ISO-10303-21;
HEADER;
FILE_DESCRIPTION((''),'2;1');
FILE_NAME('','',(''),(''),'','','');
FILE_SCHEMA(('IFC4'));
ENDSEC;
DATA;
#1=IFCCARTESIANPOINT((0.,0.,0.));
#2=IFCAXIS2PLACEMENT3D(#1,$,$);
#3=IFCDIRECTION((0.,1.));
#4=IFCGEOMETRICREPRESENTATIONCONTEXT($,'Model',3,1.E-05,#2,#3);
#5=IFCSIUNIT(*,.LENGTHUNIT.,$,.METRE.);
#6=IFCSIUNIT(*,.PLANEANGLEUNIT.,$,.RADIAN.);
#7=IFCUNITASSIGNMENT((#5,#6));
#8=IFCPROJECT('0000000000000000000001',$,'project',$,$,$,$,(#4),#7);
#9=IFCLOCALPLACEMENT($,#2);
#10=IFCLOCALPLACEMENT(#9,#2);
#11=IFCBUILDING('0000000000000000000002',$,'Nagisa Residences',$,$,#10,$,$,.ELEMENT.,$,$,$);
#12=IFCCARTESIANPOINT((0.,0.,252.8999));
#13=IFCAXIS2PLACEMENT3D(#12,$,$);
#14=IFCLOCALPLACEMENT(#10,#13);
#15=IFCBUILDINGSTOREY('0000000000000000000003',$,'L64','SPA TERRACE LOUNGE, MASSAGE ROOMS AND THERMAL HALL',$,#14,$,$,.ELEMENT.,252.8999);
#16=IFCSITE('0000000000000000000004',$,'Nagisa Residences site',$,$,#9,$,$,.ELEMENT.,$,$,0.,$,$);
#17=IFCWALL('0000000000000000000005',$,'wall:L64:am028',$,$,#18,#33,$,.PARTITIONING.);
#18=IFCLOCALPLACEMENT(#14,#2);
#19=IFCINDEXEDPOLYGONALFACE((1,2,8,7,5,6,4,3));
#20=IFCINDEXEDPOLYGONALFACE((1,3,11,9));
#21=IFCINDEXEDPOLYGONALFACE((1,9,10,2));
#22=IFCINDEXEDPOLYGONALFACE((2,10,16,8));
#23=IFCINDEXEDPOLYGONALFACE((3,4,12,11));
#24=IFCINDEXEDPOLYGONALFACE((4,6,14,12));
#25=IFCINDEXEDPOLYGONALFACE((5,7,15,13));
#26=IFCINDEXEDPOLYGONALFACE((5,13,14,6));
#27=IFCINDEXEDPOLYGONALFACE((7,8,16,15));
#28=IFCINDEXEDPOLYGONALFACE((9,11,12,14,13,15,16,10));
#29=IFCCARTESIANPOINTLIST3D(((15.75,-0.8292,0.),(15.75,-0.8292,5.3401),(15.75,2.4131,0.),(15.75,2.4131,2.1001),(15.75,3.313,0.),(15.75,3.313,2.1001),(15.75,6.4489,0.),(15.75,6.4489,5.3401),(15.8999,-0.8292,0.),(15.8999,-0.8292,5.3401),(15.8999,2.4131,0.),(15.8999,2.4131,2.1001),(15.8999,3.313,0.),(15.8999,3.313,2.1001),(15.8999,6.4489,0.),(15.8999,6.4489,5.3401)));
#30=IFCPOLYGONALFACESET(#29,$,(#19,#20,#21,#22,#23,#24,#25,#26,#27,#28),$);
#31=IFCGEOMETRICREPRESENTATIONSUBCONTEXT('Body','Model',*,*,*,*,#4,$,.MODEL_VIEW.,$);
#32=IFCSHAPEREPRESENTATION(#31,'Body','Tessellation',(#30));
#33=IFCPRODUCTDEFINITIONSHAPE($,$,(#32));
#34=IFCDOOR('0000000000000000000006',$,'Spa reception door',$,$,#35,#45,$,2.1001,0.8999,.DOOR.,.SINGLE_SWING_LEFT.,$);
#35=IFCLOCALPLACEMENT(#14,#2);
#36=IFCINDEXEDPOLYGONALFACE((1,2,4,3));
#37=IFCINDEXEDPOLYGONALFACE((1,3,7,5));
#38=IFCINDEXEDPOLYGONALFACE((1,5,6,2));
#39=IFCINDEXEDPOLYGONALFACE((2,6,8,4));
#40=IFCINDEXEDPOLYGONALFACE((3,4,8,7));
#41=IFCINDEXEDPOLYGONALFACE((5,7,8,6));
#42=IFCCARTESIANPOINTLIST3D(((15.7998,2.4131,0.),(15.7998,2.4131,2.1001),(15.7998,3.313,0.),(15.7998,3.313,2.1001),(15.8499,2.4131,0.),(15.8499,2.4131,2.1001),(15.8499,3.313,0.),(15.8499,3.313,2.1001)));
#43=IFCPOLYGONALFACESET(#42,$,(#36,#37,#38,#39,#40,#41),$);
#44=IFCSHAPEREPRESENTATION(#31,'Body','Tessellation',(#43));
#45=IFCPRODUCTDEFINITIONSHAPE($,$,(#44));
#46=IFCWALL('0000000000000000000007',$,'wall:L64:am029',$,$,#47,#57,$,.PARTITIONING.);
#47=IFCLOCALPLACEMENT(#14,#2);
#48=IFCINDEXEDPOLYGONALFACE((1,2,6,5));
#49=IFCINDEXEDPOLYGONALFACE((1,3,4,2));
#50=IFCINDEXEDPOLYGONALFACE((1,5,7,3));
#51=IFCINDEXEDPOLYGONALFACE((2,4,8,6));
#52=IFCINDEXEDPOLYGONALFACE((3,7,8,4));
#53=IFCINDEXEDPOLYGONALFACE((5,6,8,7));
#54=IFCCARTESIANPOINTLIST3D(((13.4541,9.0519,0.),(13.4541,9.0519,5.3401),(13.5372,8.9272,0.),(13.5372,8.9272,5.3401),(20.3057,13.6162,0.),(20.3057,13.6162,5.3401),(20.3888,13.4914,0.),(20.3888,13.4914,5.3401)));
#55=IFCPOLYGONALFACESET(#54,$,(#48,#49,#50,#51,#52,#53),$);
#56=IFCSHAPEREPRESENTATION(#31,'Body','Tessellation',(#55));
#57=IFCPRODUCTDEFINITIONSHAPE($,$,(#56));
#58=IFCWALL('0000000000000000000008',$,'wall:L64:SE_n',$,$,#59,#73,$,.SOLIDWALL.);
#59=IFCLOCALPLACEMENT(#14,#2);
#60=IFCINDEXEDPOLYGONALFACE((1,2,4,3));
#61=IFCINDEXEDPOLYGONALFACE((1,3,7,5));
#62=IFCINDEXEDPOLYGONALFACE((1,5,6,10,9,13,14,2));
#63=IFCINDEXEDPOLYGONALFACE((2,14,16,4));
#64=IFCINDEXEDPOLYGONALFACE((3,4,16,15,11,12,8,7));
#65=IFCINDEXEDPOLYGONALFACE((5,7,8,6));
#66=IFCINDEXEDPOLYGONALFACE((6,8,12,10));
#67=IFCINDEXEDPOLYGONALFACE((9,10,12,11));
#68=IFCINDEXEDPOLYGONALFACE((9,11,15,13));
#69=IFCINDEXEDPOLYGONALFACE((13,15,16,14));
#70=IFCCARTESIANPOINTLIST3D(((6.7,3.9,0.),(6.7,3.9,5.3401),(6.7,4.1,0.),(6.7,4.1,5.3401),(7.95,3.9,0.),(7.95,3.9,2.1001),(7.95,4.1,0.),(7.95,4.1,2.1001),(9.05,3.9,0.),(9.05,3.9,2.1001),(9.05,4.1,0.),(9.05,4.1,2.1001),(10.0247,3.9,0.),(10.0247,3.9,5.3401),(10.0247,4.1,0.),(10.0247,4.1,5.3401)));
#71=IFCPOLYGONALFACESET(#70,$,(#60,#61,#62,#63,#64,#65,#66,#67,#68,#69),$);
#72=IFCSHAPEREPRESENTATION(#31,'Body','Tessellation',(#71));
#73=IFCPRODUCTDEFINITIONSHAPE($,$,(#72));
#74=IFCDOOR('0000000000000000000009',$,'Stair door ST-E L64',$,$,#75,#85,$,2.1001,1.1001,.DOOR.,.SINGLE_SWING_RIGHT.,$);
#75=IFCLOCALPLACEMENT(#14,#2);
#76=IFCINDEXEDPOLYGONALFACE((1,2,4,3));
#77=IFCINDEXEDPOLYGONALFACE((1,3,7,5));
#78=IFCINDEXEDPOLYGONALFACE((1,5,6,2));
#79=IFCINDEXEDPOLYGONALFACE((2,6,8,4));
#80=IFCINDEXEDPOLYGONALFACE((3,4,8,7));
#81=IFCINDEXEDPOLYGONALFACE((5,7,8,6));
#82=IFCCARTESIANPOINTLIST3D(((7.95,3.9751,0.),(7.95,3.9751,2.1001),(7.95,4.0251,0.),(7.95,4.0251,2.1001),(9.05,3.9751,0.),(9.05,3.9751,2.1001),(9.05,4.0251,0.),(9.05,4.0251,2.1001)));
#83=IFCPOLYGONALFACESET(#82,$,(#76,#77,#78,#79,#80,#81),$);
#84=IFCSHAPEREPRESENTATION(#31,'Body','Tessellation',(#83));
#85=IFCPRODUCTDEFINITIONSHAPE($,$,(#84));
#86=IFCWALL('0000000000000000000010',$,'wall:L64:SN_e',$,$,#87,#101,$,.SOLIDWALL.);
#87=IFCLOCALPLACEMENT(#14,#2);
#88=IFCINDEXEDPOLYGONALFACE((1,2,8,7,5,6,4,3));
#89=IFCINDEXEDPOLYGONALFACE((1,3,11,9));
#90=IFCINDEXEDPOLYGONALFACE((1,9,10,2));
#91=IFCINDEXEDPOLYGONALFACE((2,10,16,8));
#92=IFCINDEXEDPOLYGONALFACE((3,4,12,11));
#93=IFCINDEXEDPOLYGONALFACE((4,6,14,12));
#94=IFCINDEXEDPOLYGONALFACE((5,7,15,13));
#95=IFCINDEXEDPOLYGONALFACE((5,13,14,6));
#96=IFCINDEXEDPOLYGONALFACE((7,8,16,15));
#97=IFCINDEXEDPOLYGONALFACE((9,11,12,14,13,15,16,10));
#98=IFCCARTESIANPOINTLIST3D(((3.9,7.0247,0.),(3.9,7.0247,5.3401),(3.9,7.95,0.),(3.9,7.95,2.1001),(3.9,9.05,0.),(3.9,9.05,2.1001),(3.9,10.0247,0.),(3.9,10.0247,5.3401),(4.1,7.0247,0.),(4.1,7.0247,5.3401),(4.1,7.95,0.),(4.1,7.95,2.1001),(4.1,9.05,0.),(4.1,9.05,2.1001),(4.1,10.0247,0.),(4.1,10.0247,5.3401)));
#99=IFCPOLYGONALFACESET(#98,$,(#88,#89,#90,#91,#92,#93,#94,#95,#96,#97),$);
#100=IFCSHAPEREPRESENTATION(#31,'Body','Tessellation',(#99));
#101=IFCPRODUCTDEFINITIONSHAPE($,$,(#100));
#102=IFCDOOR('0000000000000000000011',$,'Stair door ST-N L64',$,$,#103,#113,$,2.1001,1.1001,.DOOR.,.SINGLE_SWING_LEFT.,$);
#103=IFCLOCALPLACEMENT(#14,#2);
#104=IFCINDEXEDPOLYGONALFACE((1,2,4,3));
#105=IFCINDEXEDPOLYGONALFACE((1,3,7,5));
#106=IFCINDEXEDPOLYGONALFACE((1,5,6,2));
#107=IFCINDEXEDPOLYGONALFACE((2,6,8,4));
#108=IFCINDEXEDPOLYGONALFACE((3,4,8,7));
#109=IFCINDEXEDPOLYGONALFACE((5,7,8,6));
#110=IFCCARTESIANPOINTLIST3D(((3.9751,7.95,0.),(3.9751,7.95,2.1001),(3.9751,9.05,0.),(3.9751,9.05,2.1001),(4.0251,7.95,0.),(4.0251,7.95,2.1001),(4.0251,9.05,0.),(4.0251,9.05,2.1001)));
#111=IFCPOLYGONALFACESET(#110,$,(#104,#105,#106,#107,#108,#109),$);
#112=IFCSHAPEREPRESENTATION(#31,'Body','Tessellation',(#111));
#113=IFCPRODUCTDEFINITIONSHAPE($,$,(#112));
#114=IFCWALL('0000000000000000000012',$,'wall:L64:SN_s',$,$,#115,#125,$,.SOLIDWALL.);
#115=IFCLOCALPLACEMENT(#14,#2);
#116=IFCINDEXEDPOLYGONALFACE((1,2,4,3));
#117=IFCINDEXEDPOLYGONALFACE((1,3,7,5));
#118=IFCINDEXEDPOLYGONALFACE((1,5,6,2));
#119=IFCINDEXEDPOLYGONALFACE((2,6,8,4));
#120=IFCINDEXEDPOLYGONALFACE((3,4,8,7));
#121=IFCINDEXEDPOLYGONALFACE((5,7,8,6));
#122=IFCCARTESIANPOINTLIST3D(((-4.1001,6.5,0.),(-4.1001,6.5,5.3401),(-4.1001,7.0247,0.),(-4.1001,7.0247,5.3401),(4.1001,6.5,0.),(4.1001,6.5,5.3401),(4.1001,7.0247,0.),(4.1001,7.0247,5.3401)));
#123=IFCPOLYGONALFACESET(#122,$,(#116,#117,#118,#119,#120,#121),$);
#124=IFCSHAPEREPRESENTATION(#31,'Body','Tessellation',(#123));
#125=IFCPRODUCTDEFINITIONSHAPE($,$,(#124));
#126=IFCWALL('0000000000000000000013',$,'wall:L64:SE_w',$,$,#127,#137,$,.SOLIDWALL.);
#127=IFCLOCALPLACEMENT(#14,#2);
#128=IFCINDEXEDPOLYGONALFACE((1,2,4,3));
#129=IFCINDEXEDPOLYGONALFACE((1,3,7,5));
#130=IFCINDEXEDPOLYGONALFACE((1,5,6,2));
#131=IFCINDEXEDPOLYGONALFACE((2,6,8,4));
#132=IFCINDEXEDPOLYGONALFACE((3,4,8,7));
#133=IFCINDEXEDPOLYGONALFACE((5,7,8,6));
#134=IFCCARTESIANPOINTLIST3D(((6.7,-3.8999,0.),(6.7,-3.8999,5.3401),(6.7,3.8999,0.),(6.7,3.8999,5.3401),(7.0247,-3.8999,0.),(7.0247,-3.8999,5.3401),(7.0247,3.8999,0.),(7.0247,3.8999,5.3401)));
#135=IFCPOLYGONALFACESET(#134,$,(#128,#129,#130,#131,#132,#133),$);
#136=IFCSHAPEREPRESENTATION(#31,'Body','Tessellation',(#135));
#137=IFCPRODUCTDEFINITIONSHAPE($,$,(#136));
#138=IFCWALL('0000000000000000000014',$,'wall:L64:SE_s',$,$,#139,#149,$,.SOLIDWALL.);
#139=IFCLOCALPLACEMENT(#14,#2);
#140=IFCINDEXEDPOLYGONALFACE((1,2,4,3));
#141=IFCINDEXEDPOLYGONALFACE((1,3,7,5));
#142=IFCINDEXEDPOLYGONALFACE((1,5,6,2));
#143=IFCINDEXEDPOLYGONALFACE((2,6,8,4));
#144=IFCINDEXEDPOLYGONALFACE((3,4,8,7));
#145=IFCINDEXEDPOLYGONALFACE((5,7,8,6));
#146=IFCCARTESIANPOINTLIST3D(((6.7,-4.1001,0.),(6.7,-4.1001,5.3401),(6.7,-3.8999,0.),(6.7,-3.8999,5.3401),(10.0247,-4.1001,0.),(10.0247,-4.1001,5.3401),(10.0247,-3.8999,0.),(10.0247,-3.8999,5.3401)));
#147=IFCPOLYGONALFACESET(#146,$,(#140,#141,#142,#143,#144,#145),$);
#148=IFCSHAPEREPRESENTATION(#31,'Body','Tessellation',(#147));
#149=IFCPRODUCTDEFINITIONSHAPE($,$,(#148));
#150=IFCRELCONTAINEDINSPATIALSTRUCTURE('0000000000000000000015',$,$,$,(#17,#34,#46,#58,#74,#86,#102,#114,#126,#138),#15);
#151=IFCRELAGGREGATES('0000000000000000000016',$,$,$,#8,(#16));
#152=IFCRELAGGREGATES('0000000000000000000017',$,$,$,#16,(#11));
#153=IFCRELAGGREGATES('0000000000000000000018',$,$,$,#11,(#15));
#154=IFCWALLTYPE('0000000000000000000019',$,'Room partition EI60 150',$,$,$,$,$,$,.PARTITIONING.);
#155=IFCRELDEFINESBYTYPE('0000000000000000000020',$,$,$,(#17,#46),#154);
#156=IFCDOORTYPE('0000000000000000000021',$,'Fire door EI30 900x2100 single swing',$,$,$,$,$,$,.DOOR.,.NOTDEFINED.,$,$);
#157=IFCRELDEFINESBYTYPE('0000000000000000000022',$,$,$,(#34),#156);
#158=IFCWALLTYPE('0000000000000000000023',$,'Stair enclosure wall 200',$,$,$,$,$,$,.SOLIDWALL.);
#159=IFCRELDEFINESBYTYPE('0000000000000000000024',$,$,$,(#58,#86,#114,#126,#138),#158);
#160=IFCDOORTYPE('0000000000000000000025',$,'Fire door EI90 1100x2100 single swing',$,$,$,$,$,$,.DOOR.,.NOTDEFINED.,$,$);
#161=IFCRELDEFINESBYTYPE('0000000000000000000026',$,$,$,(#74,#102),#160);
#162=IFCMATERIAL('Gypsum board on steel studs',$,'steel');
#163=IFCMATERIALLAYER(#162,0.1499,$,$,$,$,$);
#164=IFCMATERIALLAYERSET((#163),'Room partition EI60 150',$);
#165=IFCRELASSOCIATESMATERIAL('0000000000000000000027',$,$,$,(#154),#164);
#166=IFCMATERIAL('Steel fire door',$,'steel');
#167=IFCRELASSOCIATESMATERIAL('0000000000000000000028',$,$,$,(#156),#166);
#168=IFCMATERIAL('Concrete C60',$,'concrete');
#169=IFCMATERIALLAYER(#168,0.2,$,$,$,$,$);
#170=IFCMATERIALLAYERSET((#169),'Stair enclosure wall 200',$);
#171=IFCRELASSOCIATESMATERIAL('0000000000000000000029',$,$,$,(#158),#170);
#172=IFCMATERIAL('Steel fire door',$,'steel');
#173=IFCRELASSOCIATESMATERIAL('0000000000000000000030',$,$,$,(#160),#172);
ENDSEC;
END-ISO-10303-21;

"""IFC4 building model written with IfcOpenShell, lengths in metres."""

from ifc_helpers import new_model, si_unit, direction, frame, frame_2d, origin, place, context, subcontext, project, spatial, polyline, rectangle, outline, extrude, material, layer, layer_set, type_object, element, fill, save


model = new_model("IFC4")

# Units and contexts
model_context = context("Model", 3, precision=1e-05, world=origin(), true_north=direction((0.0, 1.0)))
body_context = subcontext(model_context, "Body", "Model", "MODEL_VIEW")
ifc_project = project(units=[si_unit("LENGTHUNIT", "METRE"), si_unit("PLANEANGLEUNIT", "RADIAN")], contexts=[model_context])

# Site, building, storey
site_placement = place(None, origin())
site = spatial("IfcSite", under=ifc_project, at=site_placement, Name="Nagisa Residences site", CompositionType="ELEMENT", RefElevation=0.0)
building_placement = place(site_placement, origin())
building = spatial("IfcBuilding", under=site, at=building_placement, Name="Nagisa Residences", CompositionType="ELEMENT")
storey_placement = place(building_placement, frame((0.0, 0.0, 252.8999)))
storey = spatial("IfcBuildingStorey", under=building, at=storey_placement, Name="L64", Description="SPA TERRACE LOUNGE, MASSAGE ROOMS AND THERMAL HALL", CompositionType="ELEMENT", Elevation=252.8999)

# Shared definitions
ifc_material_1 = material(Name="Gypsum board on steel studs", Category="steel")
ifc_layer_1 = layer(ifc_material_1, 0.1499)
ifc_layer_set_1 = layer_set([ifc_layer_1], Name="Room partition EI60 150")
wall_type_1 = type_object("IfcWallType", Name="Room partition EI60 150", PredefinedType="PARTITIONING", material=ifc_layer_set_1)

# Wall, opening, door
wall_1_placement = place(storey_placement, frame((15.825, 6.449, 0.0), z_axis=(0.0, 0.0, 1.0), x_axis=(0.0, -1.0, 0.0)))
wall_1 = element("IfcWall", 1, at=wall_1_placement, inside=storey, type_object=wall_type_1, Name="wall:L64:am028", PredefinedType="PARTITIONING", context=body_context, shape_type="SweptSolid", body=[
    extrude(rectangle(XDim=7.2781, YDim=0.1499, at=frame_2d((3.6392, 0.0))), origin(), (0.0, 0.0, 1.0), 5.3401),
])
opening_1_placement = place(wall_1_placement, frame((3.136, 0.0, 0.0)))
opening_1 = element("IfcOpeningElement", 2, at=opening_1_placement, cuts=wall_1, PredefinedType="OPENING", context=body_context, shape_type="SweptSolid", body=[
    extrude(rectangle(XDim=0.8999, YDim=2.1001, at=frame_2d((0.45, 1.05))), frame((0.0, 0.085, 0.0), z_axis=(0.0, -1.0, 0.0), x_axis=(1.0, 0.0, 0.0)), (0.0, 0.0, 1.0), 0.1699),
])
ifc_material_2 = material(Name="Steel fire door", Category="steel")
door_type_1 = type_object("IfcDoorType", Name="Fire door EI30 900x2100 single swing", OperationType="NOTDEFINED", PredefinedType="DOOR", material=ifc_material_2)
door_1_placement = place(opening_1_placement, origin())
door_1 = element("IfcDoor", 3, at=door_1_placement, inside=storey, type_object=door_type_1, Name="Spa reception door", OperationType="SINGLE_SWING_LEFT", OverallHeight=2.1001, OverallWidth=0.8999, PredefinedType="DOOR", context=body_context, shape_type="SweptSolid", body=[
    extrude(rectangle(XDim=0.8999, YDim=2.1001, at=frame_2d((0.45, 1.05))), frame((0.0, 0.0249, 0.0), z_axis=(0.0, -1.0, 0.0), x_axis=(1.0, 0.0, 0.0)), (0.0, 0.0, 1.0), 0.05),
])
fill(opening_1, door_1)

# Wall
wall_2_placement = place(storey_placement, frame((20.3472, 13.5537, 0.0), z_axis=(0.0, 0.0, 1.0), x_axis=(-0.832246, -0.554406, 0.0)))
element("IfcWall", 4, at=wall_2_placement, inside=storey, type_object=wall_type_1, Name="wall:L64:am029", PredefinedType="PARTITIONING", context=body_context, shape_type="SweptSolid", body=[
    extrude(rectangle(XDim=8.2327, YDim=0.1499, at=frame_2d((4.1162, 0.0))), origin(), (0.0, 0.0, 1.0), 5.3401),
])

# Walls, openings, doors
ifc_material_3 = material(Name="Concrete C60", Category="concrete")
ifc_layer_2 = layer(ifc_material_3, 0.2)
ifc_layer_set_2 = layer_set([ifc_layer_2], Name="Stair enclosure wall 200")
wall_type_2 = type_object("IfcWallType", Name="Stair enclosure wall 200", PredefinedType="SOLIDWALL", material=ifc_layer_set_2)
wall_3_placement = place(storey_placement, frame((6.7, 4.0, 0.0), z_axis=(0.0, 0.0, 1.0), x_axis=(1.0, 0.0, 0.0)))
wall_3 = element("IfcWall", 5, at=wall_3_placement, inside=storey, type_object=wall_type_2, Name="wall:L64:SE_n", PredefinedType="SOLIDWALL", context=body_context, shape_type="SweptSolid", body=[
    extrude(rectangle(XDim=3.3247, YDim=0.2, at=frame_2d((1.6624, 0.0))), origin(), (0.0, 0.0, 1.0), 5.3401),
])
opening_2_placement = place(wall_3_placement, frame((1.25, 0.0, 0.0)))
opening_2 = element("IfcOpeningElement", 6, at=opening_2_placement, cuts=wall_3, PredefinedType="OPENING", context=body_context, shape_type="SweptSolid", body=[
    extrude(rectangle(XDim=1.1001, YDim=2.1001, at=frame_2d((0.55, 1.05))), frame((0.0, 0.1099, 0.0), z_axis=(0.0, -1.0, 0.0), x_axis=(1.0, 0.0, 0.0)), (0.0, 0.0, 1.0), 0.22),
])
ifc_material_4 = material(Name="Steel fire door", Category="steel")
door_type_2 = type_object("IfcDoorType", Name="Fire door EI90 1100x2100 single swing", OperationType="NOTDEFINED", PredefinedType="DOOR", material=ifc_material_4)
door_2_placement = place(opening_2_placement, frame((1.1001, 0.0, 0.0), x_axis=(-1.0, 0.0, 0.0)))
door_2 = element("IfcDoor", 7, at=door_2_placement, inside=storey, type_object=door_type_2, Name="Stair door ST-E L64", OperationType="SINGLE_SWING_RIGHT", OverallHeight=2.1001, OverallWidth=1.1001, PredefinedType="DOOR", context=body_context, shape_type="SweptSolid", body=[
    extrude(rectangle(XDim=1.1001, YDim=2.1001, at=frame_2d((0.55, 1.05))), frame((0.0, 0.0249, 0.0), z_axis=(0.0, -1.0, 0.0), x_axis=(1.0, 0.0, 0.0)), (0.0, 0.0, 1.0), 0.05),
])
fill(opening_2, door_2)
wall_4_placement = place(storey_placement, frame((4.0, 7.0247, 0.0), z_axis=(0.0, 0.0, 1.0), x_axis=(0.0, 1.0, 0.0)))
wall_4 = element("IfcWall", 8, at=wall_4_placement, inside=storey, type_object=wall_type_2, Name="wall:L64:SN_e", PredefinedType="SOLIDWALL", context=body_context, shape_type="SweptSolid", body=[
    extrude(rectangle(XDim=3.0, YDim=0.2, at=frame_2d((1.5, 0.0))), origin(), (0.0, 0.0, 1.0), 5.3401),
])
opening_3_placement = place(wall_4_placement, frame((0.9253, 0.0, 0.0)))
opening_3 = element("IfcOpeningElement", 9, at=opening_3_placement, cuts=wall_4, PredefinedType="OPENING", context=body_context, shape_type="SweptSolid", body=[
    extrude(rectangle(XDim=1.1001, YDim=2.1001, at=frame_2d((0.55, 1.05))), frame((0.0, 0.1099, 0.0), z_axis=(0.0, -1.0, 0.0), x_axis=(1.0, 0.0, 0.0)), (0.0, 0.0, 1.0), 0.22),
])
door_3_placement = place(opening_3_placement, origin())
door_3 = element("IfcDoor", 10, at=door_3_placement, inside=storey, type_object=door_type_2, Name="Stair door ST-N L64", OperationType="SINGLE_SWING_LEFT", OverallHeight=2.1001, OverallWidth=1.1001, PredefinedType="DOOR", context=body_context, shape_type="SweptSolid", body=[
    extrude(rectangle(XDim=1.1001, YDim=2.1001, at=frame_2d((0.55, 1.05))), frame((0.0, 0.0249, 0.0), z_axis=(0.0, -1.0, 0.0), x_axis=(1.0, 0.0, 0.0)), (0.0, 0.0, 1.0), 0.05),
])
fill(opening_3, door_3)

# Walls
wall_5_placement = place(storey_placement, origin())
element("IfcWall", 11, at=wall_5_placement, inside=storey, type_object=wall_type_2, Name="wall:L64:SN_s", PredefinedType="SOLIDWALL", context=body_context, shape_type="SweptSolid", body=[
    extrude(outline(polyline([(4.1001, 6.5), (-4.1001, 6.5), (-4.1001, 7.0247), (4.1001, 7.0247), (4.1001, 6.5)])), origin(), (0.0, 0.0, 1.0), 5.3401),
])
wall_6_placement = place(storey_placement, origin())
element("IfcWall", 12, at=wall_6_placement, inside=storey, type_object=wall_type_2, Name="wall:L64:SE_w", PredefinedType="SOLIDWALL", context=body_context, shape_type="SweptSolid", body=[
    extrude(outline(polyline([(7.0247, -3.8999), (6.7, -3.8999), (6.7, 3.8999), (7.0247, 3.8999), (7.0247, -3.8999)])), origin(), (0.0, 0.0, 1.0), 5.3401),
])
wall_7_placement = place(storey_placement, origin())
element("IfcWall", 13, at=wall_7_placement, inside=storey, type_object=wall_type_2, Name="wall:L64:SE_s", PredefinedType="SOLIDWALL", context=body_context, shape_type="SweptSolid", body=[
    extrude(outline(polyline([(10.0247, -4.1001), (6.7, -4.1001), (6.7, -3.8999), (10.0247, -3.8999), (10.0247, -4.1001)])), origin(), (0.0, 0.0, 1.0), 5.3401),
])

save(model, "model.ifc")
